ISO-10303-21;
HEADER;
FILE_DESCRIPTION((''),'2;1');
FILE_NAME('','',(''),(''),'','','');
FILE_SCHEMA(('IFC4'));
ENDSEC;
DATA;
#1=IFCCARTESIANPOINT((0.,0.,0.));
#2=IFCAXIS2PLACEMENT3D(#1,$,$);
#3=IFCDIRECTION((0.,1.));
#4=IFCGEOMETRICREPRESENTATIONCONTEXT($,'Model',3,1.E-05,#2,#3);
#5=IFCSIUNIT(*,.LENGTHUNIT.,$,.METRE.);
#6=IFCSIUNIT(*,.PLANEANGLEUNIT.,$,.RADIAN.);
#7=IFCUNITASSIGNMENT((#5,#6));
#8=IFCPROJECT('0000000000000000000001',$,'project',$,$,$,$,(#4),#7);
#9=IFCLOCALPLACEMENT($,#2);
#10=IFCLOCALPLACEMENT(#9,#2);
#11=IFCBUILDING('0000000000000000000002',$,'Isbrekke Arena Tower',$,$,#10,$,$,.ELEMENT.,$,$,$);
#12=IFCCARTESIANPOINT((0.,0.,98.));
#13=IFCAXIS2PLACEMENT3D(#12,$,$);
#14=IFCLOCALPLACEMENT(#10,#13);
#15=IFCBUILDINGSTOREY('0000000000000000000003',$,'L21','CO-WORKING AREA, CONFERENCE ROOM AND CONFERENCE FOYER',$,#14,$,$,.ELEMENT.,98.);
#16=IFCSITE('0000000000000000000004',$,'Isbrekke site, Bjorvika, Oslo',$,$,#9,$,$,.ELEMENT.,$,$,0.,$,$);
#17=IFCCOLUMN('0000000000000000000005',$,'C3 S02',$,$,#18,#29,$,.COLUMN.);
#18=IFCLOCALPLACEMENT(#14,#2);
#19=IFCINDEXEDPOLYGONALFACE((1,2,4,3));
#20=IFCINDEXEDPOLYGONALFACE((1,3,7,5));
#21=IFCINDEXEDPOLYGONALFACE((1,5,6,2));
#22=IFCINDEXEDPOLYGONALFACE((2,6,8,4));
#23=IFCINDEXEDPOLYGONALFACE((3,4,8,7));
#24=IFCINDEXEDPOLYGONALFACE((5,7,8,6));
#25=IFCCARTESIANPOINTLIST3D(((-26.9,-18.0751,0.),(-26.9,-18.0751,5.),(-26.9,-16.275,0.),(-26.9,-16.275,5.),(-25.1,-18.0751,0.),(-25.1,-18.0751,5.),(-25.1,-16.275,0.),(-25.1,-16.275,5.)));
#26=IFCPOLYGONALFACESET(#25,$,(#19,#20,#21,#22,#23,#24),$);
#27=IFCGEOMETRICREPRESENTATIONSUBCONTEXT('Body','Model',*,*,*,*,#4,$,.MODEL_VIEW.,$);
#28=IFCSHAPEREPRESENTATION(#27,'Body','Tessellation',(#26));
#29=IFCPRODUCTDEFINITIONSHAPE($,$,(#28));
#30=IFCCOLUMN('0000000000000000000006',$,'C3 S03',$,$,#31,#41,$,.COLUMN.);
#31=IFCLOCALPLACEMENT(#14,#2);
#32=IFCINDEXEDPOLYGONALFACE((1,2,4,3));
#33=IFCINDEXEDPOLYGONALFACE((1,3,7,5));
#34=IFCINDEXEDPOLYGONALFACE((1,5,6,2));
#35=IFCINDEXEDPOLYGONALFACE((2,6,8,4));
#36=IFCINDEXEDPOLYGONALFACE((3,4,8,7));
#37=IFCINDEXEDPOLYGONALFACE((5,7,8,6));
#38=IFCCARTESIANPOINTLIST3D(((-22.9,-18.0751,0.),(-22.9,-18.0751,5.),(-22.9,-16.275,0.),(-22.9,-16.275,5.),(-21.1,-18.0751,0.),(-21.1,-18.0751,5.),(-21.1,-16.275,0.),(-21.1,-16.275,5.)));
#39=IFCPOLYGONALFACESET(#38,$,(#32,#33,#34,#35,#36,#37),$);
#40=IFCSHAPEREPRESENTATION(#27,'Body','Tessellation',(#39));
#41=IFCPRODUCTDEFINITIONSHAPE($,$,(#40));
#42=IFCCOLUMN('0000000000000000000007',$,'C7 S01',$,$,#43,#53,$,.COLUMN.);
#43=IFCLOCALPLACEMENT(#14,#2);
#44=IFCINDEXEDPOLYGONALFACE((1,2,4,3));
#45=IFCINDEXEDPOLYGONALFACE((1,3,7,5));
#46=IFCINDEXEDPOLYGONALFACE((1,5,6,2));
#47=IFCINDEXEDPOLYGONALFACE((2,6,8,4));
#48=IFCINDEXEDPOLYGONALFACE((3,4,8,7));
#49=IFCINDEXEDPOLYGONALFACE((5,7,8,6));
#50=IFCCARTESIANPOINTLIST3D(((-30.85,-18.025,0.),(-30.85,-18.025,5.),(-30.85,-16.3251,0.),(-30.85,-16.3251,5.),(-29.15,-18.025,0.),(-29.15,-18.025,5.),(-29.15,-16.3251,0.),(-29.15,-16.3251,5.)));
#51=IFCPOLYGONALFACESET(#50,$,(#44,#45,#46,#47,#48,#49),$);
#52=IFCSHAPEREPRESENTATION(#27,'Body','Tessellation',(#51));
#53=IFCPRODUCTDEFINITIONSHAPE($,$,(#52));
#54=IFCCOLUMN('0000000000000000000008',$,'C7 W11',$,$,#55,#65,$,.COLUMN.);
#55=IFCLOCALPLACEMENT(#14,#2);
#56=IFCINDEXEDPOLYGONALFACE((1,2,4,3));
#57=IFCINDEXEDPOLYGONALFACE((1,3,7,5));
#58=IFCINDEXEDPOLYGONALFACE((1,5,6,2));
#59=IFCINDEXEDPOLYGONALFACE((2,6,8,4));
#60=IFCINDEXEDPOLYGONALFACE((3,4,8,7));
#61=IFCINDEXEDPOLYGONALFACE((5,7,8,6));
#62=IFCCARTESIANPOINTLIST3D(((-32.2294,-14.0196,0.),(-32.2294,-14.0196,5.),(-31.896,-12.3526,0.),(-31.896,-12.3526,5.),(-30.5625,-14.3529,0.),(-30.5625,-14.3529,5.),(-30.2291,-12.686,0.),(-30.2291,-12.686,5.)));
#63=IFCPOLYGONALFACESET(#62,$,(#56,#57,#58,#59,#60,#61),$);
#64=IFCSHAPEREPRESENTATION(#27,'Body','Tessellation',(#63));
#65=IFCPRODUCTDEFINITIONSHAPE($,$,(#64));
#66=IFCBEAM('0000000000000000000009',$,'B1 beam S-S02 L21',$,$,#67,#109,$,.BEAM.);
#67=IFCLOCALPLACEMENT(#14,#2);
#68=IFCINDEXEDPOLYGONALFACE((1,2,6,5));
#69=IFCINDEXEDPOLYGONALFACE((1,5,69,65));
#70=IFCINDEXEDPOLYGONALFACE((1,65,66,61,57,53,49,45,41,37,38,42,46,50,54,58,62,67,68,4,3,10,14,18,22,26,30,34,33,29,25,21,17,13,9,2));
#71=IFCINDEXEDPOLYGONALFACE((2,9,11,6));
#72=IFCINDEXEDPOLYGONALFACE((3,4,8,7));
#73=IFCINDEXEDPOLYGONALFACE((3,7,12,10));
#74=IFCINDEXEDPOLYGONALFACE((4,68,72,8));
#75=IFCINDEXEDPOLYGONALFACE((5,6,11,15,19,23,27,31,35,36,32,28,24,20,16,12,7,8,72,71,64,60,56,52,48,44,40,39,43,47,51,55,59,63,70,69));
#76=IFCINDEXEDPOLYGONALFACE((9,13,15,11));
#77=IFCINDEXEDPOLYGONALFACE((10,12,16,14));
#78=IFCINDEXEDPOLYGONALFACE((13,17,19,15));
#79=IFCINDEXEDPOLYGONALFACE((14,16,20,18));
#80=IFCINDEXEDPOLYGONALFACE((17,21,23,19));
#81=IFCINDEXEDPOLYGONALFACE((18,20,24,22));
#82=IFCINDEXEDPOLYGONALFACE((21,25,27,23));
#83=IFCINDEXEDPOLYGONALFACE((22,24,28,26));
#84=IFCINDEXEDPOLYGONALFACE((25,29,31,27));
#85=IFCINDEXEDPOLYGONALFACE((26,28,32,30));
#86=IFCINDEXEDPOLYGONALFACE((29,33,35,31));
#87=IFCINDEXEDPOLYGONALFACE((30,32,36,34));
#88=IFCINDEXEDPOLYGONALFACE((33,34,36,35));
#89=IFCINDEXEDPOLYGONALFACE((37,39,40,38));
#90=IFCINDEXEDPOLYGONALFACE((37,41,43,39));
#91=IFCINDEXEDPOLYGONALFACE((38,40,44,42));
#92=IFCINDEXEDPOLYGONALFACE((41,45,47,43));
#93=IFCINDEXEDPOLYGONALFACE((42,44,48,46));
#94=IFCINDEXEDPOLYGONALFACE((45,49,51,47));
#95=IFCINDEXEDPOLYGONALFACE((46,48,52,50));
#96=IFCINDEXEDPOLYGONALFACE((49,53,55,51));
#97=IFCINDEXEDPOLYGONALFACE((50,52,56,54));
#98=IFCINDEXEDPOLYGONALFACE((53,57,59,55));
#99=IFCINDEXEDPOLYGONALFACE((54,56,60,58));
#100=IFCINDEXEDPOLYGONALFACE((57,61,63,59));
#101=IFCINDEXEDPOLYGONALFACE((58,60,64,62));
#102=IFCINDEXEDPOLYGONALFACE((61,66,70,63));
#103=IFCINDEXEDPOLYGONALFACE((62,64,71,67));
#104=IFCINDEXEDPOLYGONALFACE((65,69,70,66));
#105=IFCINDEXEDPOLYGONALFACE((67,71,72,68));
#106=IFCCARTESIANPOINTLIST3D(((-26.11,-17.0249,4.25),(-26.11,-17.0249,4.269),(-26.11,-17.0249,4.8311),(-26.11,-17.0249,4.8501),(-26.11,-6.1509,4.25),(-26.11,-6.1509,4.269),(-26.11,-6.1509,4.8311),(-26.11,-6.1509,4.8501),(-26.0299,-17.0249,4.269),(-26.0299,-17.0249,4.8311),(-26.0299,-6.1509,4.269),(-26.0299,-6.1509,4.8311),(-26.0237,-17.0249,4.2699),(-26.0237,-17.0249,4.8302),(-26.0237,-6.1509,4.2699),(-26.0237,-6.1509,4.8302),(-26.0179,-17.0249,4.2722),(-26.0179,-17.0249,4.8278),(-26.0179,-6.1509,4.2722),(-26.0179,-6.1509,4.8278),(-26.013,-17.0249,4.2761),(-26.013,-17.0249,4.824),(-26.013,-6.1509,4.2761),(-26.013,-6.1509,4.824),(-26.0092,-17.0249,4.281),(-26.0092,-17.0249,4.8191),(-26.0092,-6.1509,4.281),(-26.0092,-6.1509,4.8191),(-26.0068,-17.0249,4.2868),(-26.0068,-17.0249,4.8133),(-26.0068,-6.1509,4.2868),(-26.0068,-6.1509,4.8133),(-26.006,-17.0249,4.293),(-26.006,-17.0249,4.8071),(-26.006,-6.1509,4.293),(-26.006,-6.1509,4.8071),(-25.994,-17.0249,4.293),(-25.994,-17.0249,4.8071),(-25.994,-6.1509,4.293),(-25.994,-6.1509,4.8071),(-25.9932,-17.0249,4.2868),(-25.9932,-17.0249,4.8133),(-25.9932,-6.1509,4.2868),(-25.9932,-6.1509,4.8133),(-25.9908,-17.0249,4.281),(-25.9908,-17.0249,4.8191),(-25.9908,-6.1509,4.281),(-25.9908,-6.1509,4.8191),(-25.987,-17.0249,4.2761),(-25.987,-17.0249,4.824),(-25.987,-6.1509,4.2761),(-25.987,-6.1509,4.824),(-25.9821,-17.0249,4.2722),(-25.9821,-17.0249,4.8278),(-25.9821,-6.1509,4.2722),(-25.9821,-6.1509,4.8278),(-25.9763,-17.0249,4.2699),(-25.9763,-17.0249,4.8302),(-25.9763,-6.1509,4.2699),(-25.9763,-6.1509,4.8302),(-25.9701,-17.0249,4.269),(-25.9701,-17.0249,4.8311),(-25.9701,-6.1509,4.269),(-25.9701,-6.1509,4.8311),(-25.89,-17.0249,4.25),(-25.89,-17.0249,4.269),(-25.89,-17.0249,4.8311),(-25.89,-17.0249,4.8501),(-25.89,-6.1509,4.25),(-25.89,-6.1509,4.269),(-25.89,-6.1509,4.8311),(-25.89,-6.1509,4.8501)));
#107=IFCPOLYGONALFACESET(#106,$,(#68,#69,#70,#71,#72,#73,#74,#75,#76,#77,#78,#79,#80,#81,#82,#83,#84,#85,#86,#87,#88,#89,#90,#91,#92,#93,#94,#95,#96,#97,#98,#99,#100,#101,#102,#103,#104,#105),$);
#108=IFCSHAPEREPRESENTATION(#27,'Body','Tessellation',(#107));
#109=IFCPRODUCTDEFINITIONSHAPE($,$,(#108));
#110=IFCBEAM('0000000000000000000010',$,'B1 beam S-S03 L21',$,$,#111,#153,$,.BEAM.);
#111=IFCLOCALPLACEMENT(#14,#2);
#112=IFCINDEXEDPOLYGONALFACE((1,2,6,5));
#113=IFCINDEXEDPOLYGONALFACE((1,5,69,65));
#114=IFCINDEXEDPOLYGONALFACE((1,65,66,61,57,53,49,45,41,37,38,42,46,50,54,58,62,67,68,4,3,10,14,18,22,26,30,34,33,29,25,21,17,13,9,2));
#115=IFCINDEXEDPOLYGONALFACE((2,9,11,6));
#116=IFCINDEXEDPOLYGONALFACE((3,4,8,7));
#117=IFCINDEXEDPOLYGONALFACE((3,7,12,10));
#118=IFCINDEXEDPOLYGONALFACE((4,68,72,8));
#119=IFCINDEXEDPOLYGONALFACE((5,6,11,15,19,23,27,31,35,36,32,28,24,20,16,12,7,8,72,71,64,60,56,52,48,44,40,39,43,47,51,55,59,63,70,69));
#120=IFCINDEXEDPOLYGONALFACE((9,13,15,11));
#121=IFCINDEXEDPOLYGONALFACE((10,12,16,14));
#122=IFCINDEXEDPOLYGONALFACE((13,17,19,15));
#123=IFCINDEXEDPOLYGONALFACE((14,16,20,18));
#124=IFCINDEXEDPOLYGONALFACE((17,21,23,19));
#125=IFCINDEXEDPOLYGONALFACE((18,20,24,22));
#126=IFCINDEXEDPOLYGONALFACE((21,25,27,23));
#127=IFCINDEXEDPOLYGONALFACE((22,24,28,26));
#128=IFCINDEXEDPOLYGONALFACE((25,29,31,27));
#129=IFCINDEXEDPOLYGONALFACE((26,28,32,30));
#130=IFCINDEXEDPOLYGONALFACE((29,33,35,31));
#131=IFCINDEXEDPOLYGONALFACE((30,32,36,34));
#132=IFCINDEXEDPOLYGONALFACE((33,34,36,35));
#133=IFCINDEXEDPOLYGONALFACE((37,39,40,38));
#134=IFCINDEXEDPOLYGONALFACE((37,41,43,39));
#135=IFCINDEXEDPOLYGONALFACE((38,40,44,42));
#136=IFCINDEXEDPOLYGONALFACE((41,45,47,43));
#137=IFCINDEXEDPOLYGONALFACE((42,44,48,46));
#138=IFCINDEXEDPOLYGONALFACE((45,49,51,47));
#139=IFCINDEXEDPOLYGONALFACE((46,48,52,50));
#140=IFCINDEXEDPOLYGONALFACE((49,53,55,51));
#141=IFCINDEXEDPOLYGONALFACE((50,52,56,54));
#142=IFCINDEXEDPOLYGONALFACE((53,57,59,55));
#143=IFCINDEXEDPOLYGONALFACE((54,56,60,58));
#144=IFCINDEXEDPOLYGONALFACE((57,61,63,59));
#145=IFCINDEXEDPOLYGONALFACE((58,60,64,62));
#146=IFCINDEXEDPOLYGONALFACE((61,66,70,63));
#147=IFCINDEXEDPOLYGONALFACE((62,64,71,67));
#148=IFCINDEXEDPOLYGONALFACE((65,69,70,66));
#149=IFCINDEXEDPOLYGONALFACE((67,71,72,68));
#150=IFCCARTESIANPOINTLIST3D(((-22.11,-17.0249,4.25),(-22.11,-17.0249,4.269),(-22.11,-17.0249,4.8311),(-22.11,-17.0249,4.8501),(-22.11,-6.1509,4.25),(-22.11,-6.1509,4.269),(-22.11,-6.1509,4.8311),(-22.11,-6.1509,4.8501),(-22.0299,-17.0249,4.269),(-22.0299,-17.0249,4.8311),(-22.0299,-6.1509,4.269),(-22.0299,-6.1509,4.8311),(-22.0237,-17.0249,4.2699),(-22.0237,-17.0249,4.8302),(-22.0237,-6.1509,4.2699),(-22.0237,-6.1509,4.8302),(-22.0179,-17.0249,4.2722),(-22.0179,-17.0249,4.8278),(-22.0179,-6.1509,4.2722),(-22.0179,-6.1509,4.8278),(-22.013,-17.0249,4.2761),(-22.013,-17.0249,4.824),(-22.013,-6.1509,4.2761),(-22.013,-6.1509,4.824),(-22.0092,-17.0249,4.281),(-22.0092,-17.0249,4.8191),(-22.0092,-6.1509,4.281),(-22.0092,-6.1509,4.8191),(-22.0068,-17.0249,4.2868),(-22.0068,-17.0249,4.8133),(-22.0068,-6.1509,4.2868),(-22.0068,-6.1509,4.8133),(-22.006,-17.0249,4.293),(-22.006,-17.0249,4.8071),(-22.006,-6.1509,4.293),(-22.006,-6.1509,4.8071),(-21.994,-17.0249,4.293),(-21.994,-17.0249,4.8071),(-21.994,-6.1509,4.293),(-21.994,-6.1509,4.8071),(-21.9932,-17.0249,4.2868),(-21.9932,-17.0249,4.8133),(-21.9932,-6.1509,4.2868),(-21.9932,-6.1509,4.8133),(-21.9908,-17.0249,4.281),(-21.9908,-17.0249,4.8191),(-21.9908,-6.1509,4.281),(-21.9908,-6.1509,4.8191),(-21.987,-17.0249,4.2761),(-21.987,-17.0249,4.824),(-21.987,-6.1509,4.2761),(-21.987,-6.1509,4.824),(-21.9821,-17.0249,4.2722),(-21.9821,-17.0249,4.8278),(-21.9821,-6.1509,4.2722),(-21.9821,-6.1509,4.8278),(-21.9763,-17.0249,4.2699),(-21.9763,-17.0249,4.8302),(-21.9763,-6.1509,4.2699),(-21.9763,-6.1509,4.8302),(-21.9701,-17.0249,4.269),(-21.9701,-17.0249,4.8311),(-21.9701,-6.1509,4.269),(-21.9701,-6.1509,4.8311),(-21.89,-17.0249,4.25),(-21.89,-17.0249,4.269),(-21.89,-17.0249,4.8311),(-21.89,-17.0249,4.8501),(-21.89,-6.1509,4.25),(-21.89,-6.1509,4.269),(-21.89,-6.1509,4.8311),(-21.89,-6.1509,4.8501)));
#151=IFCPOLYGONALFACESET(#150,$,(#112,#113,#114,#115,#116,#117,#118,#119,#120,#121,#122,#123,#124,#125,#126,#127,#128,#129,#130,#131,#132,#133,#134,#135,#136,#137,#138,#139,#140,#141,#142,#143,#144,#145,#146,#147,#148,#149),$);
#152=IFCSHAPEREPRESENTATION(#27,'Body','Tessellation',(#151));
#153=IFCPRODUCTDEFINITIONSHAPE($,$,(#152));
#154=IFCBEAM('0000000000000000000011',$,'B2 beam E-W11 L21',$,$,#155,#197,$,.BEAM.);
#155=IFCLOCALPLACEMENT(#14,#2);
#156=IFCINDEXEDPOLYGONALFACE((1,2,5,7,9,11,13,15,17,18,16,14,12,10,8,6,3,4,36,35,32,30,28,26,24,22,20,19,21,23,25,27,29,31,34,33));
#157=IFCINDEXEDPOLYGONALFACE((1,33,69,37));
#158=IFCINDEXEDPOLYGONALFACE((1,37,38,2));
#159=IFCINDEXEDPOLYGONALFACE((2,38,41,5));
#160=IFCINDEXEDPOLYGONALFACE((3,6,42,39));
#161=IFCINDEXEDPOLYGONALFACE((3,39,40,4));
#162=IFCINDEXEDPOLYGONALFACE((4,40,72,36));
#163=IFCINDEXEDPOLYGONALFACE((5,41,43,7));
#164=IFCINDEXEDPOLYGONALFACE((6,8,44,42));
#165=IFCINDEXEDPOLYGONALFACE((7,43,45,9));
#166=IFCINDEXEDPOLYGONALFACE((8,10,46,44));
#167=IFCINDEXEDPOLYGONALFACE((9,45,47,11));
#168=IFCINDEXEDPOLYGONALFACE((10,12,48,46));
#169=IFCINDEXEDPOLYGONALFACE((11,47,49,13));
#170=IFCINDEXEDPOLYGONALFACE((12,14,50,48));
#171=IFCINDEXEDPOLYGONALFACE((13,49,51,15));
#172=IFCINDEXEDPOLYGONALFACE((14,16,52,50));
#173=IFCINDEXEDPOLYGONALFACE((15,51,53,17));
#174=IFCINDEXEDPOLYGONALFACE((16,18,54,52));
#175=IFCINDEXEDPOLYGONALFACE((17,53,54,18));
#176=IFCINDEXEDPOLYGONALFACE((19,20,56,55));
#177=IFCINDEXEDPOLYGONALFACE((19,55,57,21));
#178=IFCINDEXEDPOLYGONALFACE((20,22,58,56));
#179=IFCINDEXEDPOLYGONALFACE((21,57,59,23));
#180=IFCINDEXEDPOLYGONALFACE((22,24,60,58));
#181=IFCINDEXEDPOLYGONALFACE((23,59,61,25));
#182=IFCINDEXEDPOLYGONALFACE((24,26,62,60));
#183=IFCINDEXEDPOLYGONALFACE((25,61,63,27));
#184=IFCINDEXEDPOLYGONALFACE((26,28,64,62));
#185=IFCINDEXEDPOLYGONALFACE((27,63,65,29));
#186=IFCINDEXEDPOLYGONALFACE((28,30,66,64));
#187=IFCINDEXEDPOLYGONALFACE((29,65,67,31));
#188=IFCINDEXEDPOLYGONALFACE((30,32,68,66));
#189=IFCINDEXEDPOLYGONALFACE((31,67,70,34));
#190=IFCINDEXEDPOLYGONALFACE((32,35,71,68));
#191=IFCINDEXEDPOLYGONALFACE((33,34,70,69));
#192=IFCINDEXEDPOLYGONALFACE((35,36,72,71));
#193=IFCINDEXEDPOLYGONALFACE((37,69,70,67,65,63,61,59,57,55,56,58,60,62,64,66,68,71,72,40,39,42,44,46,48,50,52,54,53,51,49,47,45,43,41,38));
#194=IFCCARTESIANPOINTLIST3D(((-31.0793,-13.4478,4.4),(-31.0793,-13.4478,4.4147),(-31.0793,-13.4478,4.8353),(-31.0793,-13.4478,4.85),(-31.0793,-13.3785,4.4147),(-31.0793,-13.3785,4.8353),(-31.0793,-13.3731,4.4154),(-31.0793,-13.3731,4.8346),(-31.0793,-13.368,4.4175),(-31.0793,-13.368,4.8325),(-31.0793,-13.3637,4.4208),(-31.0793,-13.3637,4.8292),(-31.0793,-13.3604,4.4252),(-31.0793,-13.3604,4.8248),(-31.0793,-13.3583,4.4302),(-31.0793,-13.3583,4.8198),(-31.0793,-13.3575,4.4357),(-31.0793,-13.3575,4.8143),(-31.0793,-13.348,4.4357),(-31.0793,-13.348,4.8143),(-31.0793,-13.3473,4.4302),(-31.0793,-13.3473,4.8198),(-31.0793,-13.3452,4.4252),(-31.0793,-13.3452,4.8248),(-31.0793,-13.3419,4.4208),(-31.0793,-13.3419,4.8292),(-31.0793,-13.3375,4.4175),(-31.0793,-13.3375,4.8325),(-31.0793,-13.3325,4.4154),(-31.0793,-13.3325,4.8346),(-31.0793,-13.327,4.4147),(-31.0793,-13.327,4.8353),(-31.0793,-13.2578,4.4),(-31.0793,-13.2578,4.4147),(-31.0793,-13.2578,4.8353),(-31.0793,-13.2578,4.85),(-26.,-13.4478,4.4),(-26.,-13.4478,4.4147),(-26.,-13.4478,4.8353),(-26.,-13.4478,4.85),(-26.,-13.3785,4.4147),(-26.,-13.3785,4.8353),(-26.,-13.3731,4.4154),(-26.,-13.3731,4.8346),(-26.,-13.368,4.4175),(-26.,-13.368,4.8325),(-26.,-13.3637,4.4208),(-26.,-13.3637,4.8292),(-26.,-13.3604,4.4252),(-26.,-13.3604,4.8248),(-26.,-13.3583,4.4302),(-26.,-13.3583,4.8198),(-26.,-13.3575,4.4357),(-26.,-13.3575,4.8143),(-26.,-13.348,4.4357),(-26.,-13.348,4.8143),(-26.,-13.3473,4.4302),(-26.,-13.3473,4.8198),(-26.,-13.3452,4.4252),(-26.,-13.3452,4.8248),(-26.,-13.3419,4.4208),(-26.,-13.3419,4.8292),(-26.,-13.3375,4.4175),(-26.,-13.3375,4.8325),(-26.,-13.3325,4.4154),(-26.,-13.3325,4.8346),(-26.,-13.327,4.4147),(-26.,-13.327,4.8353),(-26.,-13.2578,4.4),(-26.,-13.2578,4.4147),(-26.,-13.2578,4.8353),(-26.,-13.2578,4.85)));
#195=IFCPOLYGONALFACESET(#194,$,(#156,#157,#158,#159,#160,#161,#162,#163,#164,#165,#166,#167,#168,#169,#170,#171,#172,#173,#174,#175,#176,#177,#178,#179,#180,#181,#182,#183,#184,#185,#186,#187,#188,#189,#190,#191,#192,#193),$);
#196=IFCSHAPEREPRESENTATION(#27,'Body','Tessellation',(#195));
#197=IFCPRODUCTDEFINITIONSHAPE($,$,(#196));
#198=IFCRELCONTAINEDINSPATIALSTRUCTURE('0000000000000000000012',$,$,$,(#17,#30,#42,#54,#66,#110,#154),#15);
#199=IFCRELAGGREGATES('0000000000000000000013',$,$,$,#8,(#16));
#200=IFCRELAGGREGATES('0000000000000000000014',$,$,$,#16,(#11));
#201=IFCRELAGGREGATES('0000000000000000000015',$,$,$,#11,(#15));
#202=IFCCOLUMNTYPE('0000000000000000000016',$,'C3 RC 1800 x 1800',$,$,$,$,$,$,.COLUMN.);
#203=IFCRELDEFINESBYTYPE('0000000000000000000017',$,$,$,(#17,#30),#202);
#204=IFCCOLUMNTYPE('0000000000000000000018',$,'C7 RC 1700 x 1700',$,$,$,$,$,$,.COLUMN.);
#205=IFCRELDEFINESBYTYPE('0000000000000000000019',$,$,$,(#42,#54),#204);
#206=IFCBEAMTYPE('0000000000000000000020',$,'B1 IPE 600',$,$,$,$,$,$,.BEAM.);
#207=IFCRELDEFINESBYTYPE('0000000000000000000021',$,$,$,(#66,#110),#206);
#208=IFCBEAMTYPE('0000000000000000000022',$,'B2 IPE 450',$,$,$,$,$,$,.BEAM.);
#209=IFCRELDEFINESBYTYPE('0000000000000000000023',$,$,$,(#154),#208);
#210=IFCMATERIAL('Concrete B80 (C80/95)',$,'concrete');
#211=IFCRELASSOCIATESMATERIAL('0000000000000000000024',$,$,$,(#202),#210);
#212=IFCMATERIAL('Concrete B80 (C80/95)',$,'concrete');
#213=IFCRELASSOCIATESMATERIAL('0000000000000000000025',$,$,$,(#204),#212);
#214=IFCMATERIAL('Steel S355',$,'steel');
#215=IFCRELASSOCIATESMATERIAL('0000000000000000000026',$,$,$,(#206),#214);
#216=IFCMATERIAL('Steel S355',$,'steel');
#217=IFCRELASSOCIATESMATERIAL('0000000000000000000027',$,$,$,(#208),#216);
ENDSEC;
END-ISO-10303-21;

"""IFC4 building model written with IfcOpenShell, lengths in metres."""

from ifc_helpers import new_model, si_unit, direction, frame, origin, origin_2d, place, context, subcontext, project, spatial, rectangle, i_section, extrude, material, material_profile, profile_set, type_object, element, save


model = new_model("IFC4")

# Units and contexts
model_context = context("Model", 3, precision=1e-05, world=origin(), true_north=direction((0.0, 1.0)))
body_context = subcontext(model_context, "Body", "Model", "MODEL_VIEW")
ifc_project = project(units=[si_unit("LENGTHUNIT", "METRE"), si_unit("PLANEANGLEUNIT", "RADIAN")], contexts=[model_context])

# Site, building, storey
site_placement = place(None, origin())
site = spatial("IfcSite", under=ifc_project, at=site_placement, Name="Isbrekke site, Bjorvika, Oslo", CompositionType="ELEMENT", RefElevation=0.0)
building_placement = place(site_placement, origin())
building = spatial("IfcBuilding", under=site, at=building_placement, Name="Isbrekke Arena Tower", CompositionType="ELEMENT")
storey_placement = place(building_placement, frame((0.0, 0.0, 98.0)))
storey = spatial("IfcBuildingStorey", under=building, at=storey_placement, Name="L21", Description="CO-WORKING AREA, CONFERENCE ROOM AND CONFERENCE FOYER", CompositionType="ELEMENT", Elevation=98.0)

# Columns
ifc_material_1 = material(Name="Concrete B80 (C80/95)", Category="concrete")
ifc_material_profile_1 = material_profile(ifc_material_1, rectangle(XDim=1.8, YDim=1.8, at=origin_2d()), Name="RC 1800x1800")
ifc_profile_set_1 = profile_set([ifc_material_profile_1], Name="Concrete B80 (C80/95)")
column_type_1 = type_object("IfcColumnType", Name="C3 RC 1800 x 1800", PredefinedType="COLUMN", material=ifc_profile_set_1)
for number, where, z_axis, x_axis, name in (
    (1, (-26.0, -17.175, 0.0), (0.0, 0.0, 1.0), (1.0, 0.0, 0.0), "C3 S02"),
    (2, (-22.0, -17.175, 0.0), (0.0, 0.0, 1.0), (1.0, 0.0, 0.0), "C3 S03"),
):
    element("IfcColumn", number, at=place(storey_placement, frame(where, z_axis=z_axis, x_axis=x_axis)), inside=storey, type_object=column_type_1, Name=name, PredefinedType="COLUMN", context=body_context, shape_type="SweptSolid", body=[
        extrude(rectangle(XDim=1.8, YDim=1.8, at=origin_2d()), origin(), (0.0, 0.0, 1.0), 5.0),
    ])
ifc_material_2 = material(Name="Concrete B80 (C80/95)", Category="concrete")
ifc_material_profile_2 = material_profile(ifc_material_2, rectangle(XDim=1.7, YDim=1.7, at=origin_2d()), Name="RC 1700x1700")
ifc_profile_set_2 = profile_set([ifc_material_profile_2], Name="Concrete B80 (C80/95)")
column_type_2 = type_object("IfcColumnType", Name="C7 RC 1700 x 1700", PredefinedType="COLUMN", material=ifc_profile_set_2)
for number, where, z_axis, x_axis, name in (
    (3, (-30.0, -17.175, 0.0), (0.0, 0.0, 1.0), (1.0, 0.0, 0.0), "C7 S01"),
    (4, (-31.2292, -13.3528, 0.0), (0.0, 0.0, 1.0), (-0.196116, -0.980581, 0.0), "C7 W11"),
):
    element("IfcColumn", number, at=place(storey_placement, frame(where, z_axis=z_axis, x_axis=x_axis)), inside=storey, type_object=column_type_2, Name=name, PredefinedType="COLUMN", context=body_context, shape_type="SweptSolid", body=[
        extrude(rectangle(XDim=1.7, YDim=1.7, at=origin_2d()), origin(), (0.0, 0.0, 1.0), 5.0),
    ])

# Beams
ifc_material_3 = material(Name="Steel S355", Category="steel")
ifc_material_profile_3 = material_profile(ifc_material_3, i_section(OverallWidth=0.22, OverallDepth=0.6001, WebThickness=0.012, FlangeThickness=0.019, FilletRadius=0.0239, at=origin_2d()), Name="IPE 600")
ifc_profile_set_3 = profile_set([ifc_material_profile_3], Name="Steel S355")
beam_type_1 = type_object("IfcBeamType", Name="B1 IPE 600", PredefinedType="BEAM", material=ifc_profile_set_3)
for number, where, z_axis, x_axis, name in (
    (5, (-26.0, -17.0249, 4.55), (0.0, 1.0, 0.0), (-1.0, 0.0, 0.0), "B1 beam S-S02 L21"),
    (6, (-22.0, -17.0249, 4.55), (0.0, 1.0, 0.0), (-1.0, 0.0, 0.0), "B1 beam S-S03 L21"),
):
    element("IfcBeam", number, at=place(storey_placement, frame(where, z_axis=z_axis, x_axis=x_axis)), inside=storey, type_object=beam_type_1, Name=name, PredefinedType="BEAM", context=body_context, shape_type="SweptSolid", body=[
        extrude(i_section(OverallWidth=0.22, OverallDepth=0.6001, WebThickness=0.012, FlangeThickness=0.019, FilletRadius=0.0239, at=origin_2d()), origin(), (0.0, 0.0, 1.0), 10.874),
    ])
ifc_material_4 = material(Name="Steel S355", Category="steel")
ifc_material_profile_4 = material_profile(ifc_material_4, i_section(OverallWidth=0.1899, OverallDepth=0.45, WebThickness=0.0095, FlangeThickness=0.0146, FilletRadius=0.021, at=origin_2d()), Name="IPE 450")
ifc_profile_set_4 = profile_set([ifc_material_profile_4], Name="Steel S355")
beam_type_2 = type_object("IfcBeamType", Name="B2 IPE 450", PredefinedType="BEAM", material=ifc_profile_set_4)
beam_1_placement = place(storey_placement, frame((-31.0793, -13.3528, 4.625), z_axis=(1.0, 0.0, 0.0), x_axis=(0.0, 1.0, 0.0)))
element("IfcBeam", 7, at=beam_1_placement, inside=storey, type_object=beam_type_2, Name="B2 beam E-W11 L21", PredefinedType="BEAM", context=body_context, shape_type="SweptSolid", body=[
    extrude(i_section(OverallWidth=0.1899, OverallDepth=0.45, WebThickness=0.0095, FlangeThickness=0.0146, FilletRadius=0.021, at=origin_2d()), origin(), (0.0, 0.0, 1.0), 5.0793),
])

save(model, "model.ifc")
